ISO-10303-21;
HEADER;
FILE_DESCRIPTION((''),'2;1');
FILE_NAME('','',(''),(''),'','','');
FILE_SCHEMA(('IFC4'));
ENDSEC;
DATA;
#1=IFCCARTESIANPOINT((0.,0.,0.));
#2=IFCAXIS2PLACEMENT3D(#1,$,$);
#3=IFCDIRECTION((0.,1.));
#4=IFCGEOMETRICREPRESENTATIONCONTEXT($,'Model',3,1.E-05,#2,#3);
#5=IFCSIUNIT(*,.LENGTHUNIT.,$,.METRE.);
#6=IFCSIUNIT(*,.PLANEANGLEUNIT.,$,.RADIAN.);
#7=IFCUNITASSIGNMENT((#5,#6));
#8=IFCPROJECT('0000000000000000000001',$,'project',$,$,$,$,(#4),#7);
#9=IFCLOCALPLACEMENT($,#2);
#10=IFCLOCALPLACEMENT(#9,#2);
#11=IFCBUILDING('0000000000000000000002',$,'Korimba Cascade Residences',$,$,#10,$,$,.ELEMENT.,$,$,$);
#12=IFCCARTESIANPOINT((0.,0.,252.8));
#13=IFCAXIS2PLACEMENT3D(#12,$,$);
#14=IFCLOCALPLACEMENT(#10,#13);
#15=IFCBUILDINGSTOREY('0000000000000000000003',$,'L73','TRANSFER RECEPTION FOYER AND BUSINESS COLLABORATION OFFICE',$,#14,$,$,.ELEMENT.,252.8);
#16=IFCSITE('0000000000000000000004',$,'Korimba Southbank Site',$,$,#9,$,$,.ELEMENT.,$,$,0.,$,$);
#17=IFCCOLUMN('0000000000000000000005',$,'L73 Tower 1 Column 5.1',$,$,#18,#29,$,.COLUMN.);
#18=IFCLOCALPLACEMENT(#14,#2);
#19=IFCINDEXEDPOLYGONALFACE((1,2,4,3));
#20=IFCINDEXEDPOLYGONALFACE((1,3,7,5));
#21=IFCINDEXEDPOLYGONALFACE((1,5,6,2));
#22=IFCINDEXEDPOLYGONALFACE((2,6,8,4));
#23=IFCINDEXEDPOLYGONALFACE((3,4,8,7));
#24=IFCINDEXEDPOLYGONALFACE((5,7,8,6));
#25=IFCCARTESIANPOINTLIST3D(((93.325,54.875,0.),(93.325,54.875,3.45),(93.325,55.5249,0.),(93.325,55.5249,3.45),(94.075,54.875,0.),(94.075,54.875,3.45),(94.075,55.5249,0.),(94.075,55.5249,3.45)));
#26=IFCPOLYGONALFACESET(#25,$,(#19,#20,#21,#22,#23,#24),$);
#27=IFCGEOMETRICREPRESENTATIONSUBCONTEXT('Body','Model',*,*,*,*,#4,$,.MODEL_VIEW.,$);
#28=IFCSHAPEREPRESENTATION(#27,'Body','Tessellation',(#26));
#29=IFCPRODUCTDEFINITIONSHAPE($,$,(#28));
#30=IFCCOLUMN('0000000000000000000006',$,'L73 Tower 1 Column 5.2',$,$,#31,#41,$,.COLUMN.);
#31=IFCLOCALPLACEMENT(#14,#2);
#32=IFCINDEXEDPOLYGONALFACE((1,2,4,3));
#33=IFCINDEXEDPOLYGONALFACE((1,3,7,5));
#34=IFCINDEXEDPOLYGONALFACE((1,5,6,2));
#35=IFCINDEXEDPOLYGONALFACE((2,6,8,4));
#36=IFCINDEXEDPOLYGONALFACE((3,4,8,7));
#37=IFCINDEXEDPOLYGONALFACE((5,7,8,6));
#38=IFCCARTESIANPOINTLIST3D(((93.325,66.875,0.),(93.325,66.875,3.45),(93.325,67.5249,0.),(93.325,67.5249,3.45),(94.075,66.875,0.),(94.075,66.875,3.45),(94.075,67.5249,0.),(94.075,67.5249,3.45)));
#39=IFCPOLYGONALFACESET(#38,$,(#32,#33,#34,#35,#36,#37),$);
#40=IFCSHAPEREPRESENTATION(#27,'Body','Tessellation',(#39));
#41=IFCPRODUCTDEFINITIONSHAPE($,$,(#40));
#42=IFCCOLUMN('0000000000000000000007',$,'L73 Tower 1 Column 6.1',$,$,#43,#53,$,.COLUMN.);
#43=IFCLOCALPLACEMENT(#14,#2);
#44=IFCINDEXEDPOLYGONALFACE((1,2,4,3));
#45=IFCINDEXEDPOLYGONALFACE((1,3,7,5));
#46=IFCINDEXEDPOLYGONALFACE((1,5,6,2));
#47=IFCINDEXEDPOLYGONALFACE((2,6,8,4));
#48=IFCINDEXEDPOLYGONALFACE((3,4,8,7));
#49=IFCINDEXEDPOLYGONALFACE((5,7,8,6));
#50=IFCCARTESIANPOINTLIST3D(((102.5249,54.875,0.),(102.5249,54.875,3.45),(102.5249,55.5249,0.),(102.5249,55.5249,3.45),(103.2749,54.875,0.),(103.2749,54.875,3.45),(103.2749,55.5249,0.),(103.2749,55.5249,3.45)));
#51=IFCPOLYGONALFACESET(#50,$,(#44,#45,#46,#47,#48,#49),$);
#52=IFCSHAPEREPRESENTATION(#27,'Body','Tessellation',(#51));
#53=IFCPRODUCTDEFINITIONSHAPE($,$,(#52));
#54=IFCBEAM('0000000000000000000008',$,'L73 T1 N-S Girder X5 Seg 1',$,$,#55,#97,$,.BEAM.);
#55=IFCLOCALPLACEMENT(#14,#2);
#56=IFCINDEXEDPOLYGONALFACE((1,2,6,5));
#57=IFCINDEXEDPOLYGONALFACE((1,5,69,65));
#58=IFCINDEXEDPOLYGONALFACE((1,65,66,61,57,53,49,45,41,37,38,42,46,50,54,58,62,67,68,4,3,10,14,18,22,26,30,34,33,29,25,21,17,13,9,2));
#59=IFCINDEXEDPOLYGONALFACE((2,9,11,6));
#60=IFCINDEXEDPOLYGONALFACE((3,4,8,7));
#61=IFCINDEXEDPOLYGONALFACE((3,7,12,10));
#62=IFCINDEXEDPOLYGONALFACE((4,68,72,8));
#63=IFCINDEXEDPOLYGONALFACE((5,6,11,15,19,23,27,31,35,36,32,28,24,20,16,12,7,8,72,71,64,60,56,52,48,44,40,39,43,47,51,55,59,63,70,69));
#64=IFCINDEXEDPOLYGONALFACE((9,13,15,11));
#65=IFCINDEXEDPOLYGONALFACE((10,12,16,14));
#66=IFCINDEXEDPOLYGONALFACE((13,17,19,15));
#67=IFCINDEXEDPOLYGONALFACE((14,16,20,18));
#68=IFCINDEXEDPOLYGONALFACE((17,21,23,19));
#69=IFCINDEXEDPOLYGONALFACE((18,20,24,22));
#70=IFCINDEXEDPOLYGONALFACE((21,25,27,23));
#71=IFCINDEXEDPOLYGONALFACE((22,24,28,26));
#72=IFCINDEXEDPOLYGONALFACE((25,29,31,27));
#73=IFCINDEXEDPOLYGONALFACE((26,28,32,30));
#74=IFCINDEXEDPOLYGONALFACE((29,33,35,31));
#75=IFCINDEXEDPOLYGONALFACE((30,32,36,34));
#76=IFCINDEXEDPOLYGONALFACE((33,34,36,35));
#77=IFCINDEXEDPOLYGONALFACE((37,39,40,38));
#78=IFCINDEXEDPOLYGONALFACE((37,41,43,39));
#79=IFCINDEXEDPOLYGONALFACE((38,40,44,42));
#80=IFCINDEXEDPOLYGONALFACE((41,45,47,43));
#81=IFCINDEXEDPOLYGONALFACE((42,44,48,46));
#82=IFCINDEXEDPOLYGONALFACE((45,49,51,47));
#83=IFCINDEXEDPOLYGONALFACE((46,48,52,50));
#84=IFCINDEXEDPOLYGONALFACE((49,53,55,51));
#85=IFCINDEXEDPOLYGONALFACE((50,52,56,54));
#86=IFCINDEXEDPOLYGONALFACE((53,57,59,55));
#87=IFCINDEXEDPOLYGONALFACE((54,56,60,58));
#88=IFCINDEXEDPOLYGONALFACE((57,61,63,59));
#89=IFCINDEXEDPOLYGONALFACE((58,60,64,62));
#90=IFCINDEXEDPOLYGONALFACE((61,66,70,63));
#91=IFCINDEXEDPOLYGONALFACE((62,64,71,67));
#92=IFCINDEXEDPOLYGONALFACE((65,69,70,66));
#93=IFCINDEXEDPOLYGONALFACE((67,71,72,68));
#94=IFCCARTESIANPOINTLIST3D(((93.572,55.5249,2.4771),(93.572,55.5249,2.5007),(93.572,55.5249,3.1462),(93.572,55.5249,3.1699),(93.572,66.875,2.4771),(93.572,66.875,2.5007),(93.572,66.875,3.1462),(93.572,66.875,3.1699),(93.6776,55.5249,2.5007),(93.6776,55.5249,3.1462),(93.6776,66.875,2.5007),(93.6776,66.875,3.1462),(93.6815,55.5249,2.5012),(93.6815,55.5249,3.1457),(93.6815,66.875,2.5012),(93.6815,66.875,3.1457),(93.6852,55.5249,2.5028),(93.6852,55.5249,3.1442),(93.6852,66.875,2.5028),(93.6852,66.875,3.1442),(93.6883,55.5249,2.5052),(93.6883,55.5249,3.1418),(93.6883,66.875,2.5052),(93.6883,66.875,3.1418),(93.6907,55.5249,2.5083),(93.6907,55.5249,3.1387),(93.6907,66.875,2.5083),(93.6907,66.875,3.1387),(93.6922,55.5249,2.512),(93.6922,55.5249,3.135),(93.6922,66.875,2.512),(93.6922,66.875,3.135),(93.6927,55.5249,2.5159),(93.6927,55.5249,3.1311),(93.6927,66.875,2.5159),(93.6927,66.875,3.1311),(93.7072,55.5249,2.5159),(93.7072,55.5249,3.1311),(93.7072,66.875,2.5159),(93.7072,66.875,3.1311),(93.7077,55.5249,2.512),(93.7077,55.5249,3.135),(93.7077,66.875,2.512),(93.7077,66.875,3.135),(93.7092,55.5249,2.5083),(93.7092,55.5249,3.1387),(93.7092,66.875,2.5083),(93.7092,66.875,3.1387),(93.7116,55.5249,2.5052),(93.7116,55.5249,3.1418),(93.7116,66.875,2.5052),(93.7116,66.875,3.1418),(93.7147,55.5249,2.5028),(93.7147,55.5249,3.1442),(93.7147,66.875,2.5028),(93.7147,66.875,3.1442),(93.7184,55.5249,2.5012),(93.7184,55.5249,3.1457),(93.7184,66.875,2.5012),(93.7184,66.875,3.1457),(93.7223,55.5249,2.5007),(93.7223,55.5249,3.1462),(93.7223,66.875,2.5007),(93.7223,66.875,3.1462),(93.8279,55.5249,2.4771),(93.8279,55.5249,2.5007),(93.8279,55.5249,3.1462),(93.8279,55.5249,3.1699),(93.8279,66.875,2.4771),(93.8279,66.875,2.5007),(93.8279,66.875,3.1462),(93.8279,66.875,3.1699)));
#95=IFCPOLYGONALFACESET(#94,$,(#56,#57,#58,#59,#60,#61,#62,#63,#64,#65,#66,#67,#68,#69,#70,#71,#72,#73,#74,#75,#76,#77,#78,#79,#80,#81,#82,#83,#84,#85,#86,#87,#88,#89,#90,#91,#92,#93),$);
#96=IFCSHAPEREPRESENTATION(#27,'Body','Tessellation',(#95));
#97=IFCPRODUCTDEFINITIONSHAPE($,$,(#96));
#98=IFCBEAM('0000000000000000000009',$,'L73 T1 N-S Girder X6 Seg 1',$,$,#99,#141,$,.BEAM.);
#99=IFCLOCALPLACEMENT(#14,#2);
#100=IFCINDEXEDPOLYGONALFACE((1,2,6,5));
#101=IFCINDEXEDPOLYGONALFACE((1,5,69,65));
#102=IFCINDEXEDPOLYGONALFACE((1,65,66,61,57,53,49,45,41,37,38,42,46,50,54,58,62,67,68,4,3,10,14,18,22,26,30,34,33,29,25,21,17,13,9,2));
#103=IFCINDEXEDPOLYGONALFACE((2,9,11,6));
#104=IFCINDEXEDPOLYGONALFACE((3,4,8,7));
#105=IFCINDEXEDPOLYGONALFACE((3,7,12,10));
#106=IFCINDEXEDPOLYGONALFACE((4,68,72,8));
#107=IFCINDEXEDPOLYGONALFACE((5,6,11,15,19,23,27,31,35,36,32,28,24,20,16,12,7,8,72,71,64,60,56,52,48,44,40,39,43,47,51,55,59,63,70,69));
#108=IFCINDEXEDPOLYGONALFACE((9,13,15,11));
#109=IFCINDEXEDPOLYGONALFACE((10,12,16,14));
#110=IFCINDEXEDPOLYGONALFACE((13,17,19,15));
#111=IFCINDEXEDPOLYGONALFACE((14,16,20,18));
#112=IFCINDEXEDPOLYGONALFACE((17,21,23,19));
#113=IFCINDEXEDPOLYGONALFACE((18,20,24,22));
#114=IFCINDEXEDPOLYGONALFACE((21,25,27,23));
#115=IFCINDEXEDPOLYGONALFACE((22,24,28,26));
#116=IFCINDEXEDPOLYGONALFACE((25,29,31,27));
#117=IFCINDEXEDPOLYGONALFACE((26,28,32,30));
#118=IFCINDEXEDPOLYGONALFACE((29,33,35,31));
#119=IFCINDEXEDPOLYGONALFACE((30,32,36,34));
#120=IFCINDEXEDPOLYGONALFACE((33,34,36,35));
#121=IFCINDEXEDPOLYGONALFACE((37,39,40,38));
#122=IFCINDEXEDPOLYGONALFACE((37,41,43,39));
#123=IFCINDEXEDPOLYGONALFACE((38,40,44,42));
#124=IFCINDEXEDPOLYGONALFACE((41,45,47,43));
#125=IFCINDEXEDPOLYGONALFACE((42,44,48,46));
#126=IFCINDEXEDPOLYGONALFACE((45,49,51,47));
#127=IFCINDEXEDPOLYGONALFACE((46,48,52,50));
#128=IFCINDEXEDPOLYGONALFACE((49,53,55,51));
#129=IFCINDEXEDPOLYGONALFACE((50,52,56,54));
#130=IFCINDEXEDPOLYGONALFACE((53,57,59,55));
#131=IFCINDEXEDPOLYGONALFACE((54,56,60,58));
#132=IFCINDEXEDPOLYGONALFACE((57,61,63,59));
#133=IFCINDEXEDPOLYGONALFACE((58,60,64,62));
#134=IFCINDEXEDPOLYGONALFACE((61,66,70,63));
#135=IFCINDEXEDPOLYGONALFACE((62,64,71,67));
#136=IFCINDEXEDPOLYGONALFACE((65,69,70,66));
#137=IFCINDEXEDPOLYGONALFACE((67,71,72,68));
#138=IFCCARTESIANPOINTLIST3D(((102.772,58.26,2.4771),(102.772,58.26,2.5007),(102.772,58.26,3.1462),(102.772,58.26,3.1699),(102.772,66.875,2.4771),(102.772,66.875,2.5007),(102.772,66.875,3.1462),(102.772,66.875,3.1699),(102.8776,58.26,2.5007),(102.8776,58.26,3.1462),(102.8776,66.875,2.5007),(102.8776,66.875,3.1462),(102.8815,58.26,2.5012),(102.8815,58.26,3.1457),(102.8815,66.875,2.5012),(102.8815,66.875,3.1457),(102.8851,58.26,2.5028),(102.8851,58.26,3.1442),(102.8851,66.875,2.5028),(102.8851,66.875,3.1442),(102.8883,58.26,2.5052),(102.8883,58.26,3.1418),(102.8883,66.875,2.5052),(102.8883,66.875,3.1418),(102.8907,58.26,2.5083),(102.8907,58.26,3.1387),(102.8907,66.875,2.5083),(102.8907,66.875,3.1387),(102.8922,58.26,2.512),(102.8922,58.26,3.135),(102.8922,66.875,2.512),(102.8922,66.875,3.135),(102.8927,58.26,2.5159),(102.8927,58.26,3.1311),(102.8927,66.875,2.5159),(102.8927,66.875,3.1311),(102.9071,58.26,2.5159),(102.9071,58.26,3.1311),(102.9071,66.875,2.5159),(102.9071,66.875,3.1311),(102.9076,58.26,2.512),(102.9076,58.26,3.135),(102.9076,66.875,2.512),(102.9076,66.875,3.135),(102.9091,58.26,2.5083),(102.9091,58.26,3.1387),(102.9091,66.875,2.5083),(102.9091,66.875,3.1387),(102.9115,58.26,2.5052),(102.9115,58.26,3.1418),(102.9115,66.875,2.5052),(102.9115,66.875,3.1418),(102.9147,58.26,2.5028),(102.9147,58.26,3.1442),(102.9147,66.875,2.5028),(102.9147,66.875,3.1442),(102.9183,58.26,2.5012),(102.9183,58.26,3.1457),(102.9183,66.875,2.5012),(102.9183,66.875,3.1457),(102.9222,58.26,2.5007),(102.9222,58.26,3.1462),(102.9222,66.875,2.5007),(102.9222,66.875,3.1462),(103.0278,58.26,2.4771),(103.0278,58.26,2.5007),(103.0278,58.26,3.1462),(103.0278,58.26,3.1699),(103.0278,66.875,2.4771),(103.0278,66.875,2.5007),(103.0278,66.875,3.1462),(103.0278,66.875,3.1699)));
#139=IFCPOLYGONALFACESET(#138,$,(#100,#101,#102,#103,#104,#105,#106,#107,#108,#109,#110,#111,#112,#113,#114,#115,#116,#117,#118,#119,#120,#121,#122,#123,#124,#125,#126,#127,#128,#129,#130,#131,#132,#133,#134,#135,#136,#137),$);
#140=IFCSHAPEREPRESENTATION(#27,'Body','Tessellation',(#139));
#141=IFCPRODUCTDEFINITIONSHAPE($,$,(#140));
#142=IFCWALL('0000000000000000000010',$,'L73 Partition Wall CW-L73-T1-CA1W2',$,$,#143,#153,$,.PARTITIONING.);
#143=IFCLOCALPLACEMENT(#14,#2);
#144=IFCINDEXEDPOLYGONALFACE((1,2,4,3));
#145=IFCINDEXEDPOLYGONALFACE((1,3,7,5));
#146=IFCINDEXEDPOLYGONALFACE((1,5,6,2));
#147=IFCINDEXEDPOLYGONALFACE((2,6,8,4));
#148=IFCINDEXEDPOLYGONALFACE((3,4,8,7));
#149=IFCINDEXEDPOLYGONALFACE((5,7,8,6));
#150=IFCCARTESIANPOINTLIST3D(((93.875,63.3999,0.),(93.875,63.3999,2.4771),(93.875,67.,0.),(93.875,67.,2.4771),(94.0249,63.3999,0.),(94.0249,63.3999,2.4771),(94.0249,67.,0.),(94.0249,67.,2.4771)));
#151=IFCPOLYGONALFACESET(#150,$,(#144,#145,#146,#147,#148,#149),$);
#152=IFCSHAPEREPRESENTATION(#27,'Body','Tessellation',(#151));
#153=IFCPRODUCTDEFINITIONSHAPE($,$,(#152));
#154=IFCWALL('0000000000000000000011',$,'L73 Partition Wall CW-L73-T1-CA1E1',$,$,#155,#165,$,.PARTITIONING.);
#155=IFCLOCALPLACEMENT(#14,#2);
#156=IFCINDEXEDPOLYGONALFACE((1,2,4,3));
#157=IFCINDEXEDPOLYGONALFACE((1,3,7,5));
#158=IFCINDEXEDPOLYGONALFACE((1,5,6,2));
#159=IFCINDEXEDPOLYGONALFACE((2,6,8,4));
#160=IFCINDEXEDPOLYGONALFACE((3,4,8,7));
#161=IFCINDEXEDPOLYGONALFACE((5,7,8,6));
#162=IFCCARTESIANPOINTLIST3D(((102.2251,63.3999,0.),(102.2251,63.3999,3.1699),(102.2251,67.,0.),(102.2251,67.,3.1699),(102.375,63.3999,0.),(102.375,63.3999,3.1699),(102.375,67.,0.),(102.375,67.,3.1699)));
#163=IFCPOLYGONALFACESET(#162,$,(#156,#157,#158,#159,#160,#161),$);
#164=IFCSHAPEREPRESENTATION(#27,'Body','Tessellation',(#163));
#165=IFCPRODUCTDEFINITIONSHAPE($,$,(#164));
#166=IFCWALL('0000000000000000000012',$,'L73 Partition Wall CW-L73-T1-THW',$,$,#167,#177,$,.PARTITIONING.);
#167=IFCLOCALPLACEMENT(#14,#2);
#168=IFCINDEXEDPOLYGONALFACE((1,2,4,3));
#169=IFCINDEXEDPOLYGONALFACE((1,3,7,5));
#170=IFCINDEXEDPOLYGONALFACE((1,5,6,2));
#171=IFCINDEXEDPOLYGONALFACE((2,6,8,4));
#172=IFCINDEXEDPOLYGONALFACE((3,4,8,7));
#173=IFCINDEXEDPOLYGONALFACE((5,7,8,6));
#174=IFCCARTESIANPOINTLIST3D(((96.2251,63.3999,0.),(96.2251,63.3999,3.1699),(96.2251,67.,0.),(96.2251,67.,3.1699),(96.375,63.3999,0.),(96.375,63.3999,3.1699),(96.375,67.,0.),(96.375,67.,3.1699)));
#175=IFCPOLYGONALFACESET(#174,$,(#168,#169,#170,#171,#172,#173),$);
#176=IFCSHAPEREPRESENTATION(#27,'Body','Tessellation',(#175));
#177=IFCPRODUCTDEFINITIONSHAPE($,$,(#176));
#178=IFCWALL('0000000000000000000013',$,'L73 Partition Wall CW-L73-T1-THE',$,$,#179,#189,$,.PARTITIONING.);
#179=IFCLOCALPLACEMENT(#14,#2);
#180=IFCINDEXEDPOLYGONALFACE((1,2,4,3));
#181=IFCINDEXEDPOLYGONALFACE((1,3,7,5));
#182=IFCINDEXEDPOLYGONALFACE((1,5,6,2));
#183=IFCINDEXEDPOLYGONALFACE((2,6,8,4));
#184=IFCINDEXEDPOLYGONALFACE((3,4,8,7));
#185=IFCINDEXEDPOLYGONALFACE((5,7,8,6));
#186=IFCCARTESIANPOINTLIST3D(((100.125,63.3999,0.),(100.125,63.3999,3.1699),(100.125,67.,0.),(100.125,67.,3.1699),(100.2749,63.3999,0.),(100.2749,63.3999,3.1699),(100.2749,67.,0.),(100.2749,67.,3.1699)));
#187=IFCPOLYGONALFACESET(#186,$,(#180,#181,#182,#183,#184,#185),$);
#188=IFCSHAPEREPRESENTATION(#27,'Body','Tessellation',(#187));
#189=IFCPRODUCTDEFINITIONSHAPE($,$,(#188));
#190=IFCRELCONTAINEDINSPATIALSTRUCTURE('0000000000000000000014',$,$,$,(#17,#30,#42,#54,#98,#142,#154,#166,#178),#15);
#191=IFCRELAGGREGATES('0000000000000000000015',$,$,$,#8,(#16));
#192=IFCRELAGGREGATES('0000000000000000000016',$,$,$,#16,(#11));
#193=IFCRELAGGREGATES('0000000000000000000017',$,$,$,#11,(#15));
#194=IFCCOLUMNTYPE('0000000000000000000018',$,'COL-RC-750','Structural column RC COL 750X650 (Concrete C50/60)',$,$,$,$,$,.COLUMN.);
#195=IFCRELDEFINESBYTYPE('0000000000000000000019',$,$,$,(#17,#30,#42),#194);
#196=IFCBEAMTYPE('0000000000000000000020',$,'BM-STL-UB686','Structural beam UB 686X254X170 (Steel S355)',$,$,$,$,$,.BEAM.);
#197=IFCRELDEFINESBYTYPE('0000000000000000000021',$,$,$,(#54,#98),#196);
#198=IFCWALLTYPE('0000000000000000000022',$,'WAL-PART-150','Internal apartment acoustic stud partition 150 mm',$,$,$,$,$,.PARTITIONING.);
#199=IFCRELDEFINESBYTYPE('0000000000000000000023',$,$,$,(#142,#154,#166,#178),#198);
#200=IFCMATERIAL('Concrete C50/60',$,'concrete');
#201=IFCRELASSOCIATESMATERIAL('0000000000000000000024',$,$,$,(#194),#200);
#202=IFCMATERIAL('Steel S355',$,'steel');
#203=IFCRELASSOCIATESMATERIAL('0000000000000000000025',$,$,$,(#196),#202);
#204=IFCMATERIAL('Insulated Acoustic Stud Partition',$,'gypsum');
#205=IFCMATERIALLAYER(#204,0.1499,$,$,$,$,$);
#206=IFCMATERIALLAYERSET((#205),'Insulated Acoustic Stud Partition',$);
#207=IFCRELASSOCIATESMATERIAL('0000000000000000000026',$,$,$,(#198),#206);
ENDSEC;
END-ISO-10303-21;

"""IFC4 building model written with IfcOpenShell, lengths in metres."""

from ifc_helpers import new_model, si_unit, direction, frame, frame_2d, origin, origin_2d, place, context, subcontext, project, spatial, rectangle, i_section, extrude, material, layer, layer_set, material_profile, profile_set, type_object, element, save


model = new_model("IFC4")

# Units and contexts
model_context = context("Model", 3, precision=1e-05, world=origin(), true_north=direction((0.0, 1.0)))
body_context = subcontext(model_context, "Body", "Model", "MODEL_VIEW")
ifc_project = project(units=[si_unit("LENGTHUNIT", "METRE"), si_unit("PLANEANGLEUNIT", "RADIAN")], contexts=[model_context])

# Site, building, storey
site_placement = place(None, origin())
site = spatial("IfcSite", under=ifc_project, at=site_placement, Name="Korimba Southbank Site", CompositionType="ELEMENT", RefElevation=0.0)
building_placement = place(site_placement, origin())
building = spatial("IfcBuilding", under=site, at=building_placement, Name="Korimba Cascade Residences", CompositionType="ELEMENT")
storey_placement = place(building_placement, frame((0.0, 0.0, 252.8)))
storey = spatial("IfcBuildingStorey", under=building, at=storey_placement, Name="L73", Description="TRANSFER RECEPTION FOYER AND BUSINESS COLLABORATION OFFICE", CompositionType="ELEMENT", Elevation=252.8)

# Columns
ifc_material_1 = material(Name="Concrete C50/60", Category="concrete")
ifc_material_profile_1 = material_profile(ifc_material_1, rectangle(XDim=0.75, YDim=0.6499, at=origin_2d()), Name="Concrete C50/60")
ifc_profile_set_1 = profile_set([ifc_material_profile_1], Name="Concrete C50/60")
column_type = type_object("IfcColumnType", Name="COL-RC-750", Description="Structural column RC COL 750X650 (Concrete C50/60)", PredefinedType="COLUMN", material=ifc_profile_set_1)
for number, where, z_axis, x_axis, name in (
    (1, (93.7, 55.2, 0.0), (0.0, 0.0, 1.0), (1.0, 0.0, 0.0), "L73 Tower 1 Column 5.1"),
    (2, (93.7, 67.2, 0.0), (0.0, 0.0, 1.0), (1.0, 0.0, 0.0), "L73 Tower 1 Column 5.2"),
    (3, (102.8999, 55.2, 0.0), (0.0, 0.0, 1.0), (1.0, 0.0, 0.0), "L73 Tower 1 Column 6.1"),
):
    element("IfcColumn", number, at=place(storey_placement, frame(where, z_axis=z_axis, x_axis=x_axis)), inside=storey, type_object=column_type, Name=name, PredefinedType="COLUMN", context=body_context, shape_type="SweptSolid", body=[
        extrude(rectangle(XDim=0.75, YDim=0.6499, at=origin_2d()), origin(), (0.0, 0.0, 1.0), 3.45),
    ])

# Beams
ifc_material_2 = material(Name="Steel S355", Category="steel")
ifc_material_profile_2 = material_profile(ifc_material_2, i_section(OverallWidth=0.2559, OverallDepth=0.6929, WebThickness=0.0144, FlangeThickness=0.0237, FilletRadius=0.0151, at=origin_2d()), Name="Steel S355")
ifc_profile_set_2 = profile_set([ifc_material_profile_2], Name="Steel S355")
beam_type = type_object("IfcBeamType", Name="BM-STL-UB686", Description="Structural beam UB 686X254X170 (Steel S355)", PredefinedType="BEAM", material=ifc_profile_set_2)
beam_1_placement = place(storey_placement, frame((93.7, 55.5249, 2.8235), z_axis=(0.0, 1.0, 0.0), x_axis=(-1.0, 0.0, 0.0)))
element("IfcBeam", 4, at=beam_1_placement, inside=storey, type_object=beam_type, Name="L73 T1 N-S Girder X5 Seg 1", PredefinedType="BEAM", context=body_context, shape_type="SweptSolid", body=[
    extrude(i_section(OverallWidth=0.2559, OverallDepth=0.6929, WebThickness=0.0144, FlangeThickness=0.0237, FilletRadius=0.0151, at=origin_2d()), origin(), (0.0, 0.0, 1.0), 11.3501),
])
beam_2_placement = place(storey_placement, frame((102.8999, 58.26, 2.8235), z_axis=(0.0, 1.0, 0.0), x_axis=(-1.0, 0.0, 0.0)))
element("IfcBeam", 5, at=beam_2_placement, inside=storey, type_object=beam_type, Name="L73 T1 N-S Girder X6 Seg 1", PredefinedType="BEAM", context=body_context, shape_type="SweptSolid", body=[
    extrude(i_section(OverallWidth=0.2559, OverallDepth=0.6929, WebThickness=0.0144, FlangeThickness=0.0237, FilletRadius=0.0151, at=origin_2d()), origin(), (0.0, 0.0, 1.0), 8.615),
])

# Walls
ifc_material_3 = material(Name="Insulated Acoustic Stud Partition", Category="gypsum")
ifc_layer_1 = layer(ifc_material_3, 0.1499)
ifc_layer_set_1 = layer_set([ifc_layer_1], Name="Insulated Acoustic Stud Partition")
wall_type_1 = type_object("IfcWallType", Name="WAL-PART-150", Description="Internal apartment acoustic stud partition 150 mm", PredefinedType="PARTITIONING", material=ifc_layer_set_1)
wall_1_placement = place(storey_placement, frame((93.95, 63.3999, 0.0), z_axis=(0.0, 0.0, 1.0), x_axis=(0.0, 1.0, 0.0)))
element("IfcWall", 6, at=wall_1_placement, inside=storey, type_object=wall_type_1, Name="L73 Partition Wall CW-L73-T1-CA1W2", PredefinedType="PARTITIONING", context=body_context, shape_type="SweptSolid", body=[
    extrude(rectangle(XDim=3.6001, YDim=0.1499, at=frame_2d((1.8, 0.0))), origin(), (0.0, 0.0, 1.0), 2.4771),
])
for number, where, z_axis, x_axis, name in (
    (7, (102.3, 63.3999, 0.0), (0.0, 0.0, 1.0), (0.0, 1.0, 0.0), "L73 Partition Wall CW-L73-T1-CA1E1"),
    (8, (96.3, 63.3999, 0.0), (0.0, 0.0, 1.0), (0.0, 1.0, 0.0), "L73 Partition Wall CW-L73-T1-THW"),
    (9, (100.2, 63.3999, 0.0), (0.0, 0.0, 1.0), (0.0, 1.0, 0.0), "L73 Partition Wall CW-L73-T1-THE"),
):
    element("IfcWall", number, at=place(storey_placement, frame(where, z_axis=z_axis, x_axis=x_axis)), inside=storey, type_object=wall_type_1, Name=name, PredefinedType="PARTITIONING", context=body_context, shape_type="SweptSolid", body=[
        extrude(rectangle(XDim=3.6001, YDim=0.1499, at=frame_2d((1.8, 0.0))), origin(), (0.0, 0.0, 1.0), 3.1699),
    ])

save(model, "model.ifc")
